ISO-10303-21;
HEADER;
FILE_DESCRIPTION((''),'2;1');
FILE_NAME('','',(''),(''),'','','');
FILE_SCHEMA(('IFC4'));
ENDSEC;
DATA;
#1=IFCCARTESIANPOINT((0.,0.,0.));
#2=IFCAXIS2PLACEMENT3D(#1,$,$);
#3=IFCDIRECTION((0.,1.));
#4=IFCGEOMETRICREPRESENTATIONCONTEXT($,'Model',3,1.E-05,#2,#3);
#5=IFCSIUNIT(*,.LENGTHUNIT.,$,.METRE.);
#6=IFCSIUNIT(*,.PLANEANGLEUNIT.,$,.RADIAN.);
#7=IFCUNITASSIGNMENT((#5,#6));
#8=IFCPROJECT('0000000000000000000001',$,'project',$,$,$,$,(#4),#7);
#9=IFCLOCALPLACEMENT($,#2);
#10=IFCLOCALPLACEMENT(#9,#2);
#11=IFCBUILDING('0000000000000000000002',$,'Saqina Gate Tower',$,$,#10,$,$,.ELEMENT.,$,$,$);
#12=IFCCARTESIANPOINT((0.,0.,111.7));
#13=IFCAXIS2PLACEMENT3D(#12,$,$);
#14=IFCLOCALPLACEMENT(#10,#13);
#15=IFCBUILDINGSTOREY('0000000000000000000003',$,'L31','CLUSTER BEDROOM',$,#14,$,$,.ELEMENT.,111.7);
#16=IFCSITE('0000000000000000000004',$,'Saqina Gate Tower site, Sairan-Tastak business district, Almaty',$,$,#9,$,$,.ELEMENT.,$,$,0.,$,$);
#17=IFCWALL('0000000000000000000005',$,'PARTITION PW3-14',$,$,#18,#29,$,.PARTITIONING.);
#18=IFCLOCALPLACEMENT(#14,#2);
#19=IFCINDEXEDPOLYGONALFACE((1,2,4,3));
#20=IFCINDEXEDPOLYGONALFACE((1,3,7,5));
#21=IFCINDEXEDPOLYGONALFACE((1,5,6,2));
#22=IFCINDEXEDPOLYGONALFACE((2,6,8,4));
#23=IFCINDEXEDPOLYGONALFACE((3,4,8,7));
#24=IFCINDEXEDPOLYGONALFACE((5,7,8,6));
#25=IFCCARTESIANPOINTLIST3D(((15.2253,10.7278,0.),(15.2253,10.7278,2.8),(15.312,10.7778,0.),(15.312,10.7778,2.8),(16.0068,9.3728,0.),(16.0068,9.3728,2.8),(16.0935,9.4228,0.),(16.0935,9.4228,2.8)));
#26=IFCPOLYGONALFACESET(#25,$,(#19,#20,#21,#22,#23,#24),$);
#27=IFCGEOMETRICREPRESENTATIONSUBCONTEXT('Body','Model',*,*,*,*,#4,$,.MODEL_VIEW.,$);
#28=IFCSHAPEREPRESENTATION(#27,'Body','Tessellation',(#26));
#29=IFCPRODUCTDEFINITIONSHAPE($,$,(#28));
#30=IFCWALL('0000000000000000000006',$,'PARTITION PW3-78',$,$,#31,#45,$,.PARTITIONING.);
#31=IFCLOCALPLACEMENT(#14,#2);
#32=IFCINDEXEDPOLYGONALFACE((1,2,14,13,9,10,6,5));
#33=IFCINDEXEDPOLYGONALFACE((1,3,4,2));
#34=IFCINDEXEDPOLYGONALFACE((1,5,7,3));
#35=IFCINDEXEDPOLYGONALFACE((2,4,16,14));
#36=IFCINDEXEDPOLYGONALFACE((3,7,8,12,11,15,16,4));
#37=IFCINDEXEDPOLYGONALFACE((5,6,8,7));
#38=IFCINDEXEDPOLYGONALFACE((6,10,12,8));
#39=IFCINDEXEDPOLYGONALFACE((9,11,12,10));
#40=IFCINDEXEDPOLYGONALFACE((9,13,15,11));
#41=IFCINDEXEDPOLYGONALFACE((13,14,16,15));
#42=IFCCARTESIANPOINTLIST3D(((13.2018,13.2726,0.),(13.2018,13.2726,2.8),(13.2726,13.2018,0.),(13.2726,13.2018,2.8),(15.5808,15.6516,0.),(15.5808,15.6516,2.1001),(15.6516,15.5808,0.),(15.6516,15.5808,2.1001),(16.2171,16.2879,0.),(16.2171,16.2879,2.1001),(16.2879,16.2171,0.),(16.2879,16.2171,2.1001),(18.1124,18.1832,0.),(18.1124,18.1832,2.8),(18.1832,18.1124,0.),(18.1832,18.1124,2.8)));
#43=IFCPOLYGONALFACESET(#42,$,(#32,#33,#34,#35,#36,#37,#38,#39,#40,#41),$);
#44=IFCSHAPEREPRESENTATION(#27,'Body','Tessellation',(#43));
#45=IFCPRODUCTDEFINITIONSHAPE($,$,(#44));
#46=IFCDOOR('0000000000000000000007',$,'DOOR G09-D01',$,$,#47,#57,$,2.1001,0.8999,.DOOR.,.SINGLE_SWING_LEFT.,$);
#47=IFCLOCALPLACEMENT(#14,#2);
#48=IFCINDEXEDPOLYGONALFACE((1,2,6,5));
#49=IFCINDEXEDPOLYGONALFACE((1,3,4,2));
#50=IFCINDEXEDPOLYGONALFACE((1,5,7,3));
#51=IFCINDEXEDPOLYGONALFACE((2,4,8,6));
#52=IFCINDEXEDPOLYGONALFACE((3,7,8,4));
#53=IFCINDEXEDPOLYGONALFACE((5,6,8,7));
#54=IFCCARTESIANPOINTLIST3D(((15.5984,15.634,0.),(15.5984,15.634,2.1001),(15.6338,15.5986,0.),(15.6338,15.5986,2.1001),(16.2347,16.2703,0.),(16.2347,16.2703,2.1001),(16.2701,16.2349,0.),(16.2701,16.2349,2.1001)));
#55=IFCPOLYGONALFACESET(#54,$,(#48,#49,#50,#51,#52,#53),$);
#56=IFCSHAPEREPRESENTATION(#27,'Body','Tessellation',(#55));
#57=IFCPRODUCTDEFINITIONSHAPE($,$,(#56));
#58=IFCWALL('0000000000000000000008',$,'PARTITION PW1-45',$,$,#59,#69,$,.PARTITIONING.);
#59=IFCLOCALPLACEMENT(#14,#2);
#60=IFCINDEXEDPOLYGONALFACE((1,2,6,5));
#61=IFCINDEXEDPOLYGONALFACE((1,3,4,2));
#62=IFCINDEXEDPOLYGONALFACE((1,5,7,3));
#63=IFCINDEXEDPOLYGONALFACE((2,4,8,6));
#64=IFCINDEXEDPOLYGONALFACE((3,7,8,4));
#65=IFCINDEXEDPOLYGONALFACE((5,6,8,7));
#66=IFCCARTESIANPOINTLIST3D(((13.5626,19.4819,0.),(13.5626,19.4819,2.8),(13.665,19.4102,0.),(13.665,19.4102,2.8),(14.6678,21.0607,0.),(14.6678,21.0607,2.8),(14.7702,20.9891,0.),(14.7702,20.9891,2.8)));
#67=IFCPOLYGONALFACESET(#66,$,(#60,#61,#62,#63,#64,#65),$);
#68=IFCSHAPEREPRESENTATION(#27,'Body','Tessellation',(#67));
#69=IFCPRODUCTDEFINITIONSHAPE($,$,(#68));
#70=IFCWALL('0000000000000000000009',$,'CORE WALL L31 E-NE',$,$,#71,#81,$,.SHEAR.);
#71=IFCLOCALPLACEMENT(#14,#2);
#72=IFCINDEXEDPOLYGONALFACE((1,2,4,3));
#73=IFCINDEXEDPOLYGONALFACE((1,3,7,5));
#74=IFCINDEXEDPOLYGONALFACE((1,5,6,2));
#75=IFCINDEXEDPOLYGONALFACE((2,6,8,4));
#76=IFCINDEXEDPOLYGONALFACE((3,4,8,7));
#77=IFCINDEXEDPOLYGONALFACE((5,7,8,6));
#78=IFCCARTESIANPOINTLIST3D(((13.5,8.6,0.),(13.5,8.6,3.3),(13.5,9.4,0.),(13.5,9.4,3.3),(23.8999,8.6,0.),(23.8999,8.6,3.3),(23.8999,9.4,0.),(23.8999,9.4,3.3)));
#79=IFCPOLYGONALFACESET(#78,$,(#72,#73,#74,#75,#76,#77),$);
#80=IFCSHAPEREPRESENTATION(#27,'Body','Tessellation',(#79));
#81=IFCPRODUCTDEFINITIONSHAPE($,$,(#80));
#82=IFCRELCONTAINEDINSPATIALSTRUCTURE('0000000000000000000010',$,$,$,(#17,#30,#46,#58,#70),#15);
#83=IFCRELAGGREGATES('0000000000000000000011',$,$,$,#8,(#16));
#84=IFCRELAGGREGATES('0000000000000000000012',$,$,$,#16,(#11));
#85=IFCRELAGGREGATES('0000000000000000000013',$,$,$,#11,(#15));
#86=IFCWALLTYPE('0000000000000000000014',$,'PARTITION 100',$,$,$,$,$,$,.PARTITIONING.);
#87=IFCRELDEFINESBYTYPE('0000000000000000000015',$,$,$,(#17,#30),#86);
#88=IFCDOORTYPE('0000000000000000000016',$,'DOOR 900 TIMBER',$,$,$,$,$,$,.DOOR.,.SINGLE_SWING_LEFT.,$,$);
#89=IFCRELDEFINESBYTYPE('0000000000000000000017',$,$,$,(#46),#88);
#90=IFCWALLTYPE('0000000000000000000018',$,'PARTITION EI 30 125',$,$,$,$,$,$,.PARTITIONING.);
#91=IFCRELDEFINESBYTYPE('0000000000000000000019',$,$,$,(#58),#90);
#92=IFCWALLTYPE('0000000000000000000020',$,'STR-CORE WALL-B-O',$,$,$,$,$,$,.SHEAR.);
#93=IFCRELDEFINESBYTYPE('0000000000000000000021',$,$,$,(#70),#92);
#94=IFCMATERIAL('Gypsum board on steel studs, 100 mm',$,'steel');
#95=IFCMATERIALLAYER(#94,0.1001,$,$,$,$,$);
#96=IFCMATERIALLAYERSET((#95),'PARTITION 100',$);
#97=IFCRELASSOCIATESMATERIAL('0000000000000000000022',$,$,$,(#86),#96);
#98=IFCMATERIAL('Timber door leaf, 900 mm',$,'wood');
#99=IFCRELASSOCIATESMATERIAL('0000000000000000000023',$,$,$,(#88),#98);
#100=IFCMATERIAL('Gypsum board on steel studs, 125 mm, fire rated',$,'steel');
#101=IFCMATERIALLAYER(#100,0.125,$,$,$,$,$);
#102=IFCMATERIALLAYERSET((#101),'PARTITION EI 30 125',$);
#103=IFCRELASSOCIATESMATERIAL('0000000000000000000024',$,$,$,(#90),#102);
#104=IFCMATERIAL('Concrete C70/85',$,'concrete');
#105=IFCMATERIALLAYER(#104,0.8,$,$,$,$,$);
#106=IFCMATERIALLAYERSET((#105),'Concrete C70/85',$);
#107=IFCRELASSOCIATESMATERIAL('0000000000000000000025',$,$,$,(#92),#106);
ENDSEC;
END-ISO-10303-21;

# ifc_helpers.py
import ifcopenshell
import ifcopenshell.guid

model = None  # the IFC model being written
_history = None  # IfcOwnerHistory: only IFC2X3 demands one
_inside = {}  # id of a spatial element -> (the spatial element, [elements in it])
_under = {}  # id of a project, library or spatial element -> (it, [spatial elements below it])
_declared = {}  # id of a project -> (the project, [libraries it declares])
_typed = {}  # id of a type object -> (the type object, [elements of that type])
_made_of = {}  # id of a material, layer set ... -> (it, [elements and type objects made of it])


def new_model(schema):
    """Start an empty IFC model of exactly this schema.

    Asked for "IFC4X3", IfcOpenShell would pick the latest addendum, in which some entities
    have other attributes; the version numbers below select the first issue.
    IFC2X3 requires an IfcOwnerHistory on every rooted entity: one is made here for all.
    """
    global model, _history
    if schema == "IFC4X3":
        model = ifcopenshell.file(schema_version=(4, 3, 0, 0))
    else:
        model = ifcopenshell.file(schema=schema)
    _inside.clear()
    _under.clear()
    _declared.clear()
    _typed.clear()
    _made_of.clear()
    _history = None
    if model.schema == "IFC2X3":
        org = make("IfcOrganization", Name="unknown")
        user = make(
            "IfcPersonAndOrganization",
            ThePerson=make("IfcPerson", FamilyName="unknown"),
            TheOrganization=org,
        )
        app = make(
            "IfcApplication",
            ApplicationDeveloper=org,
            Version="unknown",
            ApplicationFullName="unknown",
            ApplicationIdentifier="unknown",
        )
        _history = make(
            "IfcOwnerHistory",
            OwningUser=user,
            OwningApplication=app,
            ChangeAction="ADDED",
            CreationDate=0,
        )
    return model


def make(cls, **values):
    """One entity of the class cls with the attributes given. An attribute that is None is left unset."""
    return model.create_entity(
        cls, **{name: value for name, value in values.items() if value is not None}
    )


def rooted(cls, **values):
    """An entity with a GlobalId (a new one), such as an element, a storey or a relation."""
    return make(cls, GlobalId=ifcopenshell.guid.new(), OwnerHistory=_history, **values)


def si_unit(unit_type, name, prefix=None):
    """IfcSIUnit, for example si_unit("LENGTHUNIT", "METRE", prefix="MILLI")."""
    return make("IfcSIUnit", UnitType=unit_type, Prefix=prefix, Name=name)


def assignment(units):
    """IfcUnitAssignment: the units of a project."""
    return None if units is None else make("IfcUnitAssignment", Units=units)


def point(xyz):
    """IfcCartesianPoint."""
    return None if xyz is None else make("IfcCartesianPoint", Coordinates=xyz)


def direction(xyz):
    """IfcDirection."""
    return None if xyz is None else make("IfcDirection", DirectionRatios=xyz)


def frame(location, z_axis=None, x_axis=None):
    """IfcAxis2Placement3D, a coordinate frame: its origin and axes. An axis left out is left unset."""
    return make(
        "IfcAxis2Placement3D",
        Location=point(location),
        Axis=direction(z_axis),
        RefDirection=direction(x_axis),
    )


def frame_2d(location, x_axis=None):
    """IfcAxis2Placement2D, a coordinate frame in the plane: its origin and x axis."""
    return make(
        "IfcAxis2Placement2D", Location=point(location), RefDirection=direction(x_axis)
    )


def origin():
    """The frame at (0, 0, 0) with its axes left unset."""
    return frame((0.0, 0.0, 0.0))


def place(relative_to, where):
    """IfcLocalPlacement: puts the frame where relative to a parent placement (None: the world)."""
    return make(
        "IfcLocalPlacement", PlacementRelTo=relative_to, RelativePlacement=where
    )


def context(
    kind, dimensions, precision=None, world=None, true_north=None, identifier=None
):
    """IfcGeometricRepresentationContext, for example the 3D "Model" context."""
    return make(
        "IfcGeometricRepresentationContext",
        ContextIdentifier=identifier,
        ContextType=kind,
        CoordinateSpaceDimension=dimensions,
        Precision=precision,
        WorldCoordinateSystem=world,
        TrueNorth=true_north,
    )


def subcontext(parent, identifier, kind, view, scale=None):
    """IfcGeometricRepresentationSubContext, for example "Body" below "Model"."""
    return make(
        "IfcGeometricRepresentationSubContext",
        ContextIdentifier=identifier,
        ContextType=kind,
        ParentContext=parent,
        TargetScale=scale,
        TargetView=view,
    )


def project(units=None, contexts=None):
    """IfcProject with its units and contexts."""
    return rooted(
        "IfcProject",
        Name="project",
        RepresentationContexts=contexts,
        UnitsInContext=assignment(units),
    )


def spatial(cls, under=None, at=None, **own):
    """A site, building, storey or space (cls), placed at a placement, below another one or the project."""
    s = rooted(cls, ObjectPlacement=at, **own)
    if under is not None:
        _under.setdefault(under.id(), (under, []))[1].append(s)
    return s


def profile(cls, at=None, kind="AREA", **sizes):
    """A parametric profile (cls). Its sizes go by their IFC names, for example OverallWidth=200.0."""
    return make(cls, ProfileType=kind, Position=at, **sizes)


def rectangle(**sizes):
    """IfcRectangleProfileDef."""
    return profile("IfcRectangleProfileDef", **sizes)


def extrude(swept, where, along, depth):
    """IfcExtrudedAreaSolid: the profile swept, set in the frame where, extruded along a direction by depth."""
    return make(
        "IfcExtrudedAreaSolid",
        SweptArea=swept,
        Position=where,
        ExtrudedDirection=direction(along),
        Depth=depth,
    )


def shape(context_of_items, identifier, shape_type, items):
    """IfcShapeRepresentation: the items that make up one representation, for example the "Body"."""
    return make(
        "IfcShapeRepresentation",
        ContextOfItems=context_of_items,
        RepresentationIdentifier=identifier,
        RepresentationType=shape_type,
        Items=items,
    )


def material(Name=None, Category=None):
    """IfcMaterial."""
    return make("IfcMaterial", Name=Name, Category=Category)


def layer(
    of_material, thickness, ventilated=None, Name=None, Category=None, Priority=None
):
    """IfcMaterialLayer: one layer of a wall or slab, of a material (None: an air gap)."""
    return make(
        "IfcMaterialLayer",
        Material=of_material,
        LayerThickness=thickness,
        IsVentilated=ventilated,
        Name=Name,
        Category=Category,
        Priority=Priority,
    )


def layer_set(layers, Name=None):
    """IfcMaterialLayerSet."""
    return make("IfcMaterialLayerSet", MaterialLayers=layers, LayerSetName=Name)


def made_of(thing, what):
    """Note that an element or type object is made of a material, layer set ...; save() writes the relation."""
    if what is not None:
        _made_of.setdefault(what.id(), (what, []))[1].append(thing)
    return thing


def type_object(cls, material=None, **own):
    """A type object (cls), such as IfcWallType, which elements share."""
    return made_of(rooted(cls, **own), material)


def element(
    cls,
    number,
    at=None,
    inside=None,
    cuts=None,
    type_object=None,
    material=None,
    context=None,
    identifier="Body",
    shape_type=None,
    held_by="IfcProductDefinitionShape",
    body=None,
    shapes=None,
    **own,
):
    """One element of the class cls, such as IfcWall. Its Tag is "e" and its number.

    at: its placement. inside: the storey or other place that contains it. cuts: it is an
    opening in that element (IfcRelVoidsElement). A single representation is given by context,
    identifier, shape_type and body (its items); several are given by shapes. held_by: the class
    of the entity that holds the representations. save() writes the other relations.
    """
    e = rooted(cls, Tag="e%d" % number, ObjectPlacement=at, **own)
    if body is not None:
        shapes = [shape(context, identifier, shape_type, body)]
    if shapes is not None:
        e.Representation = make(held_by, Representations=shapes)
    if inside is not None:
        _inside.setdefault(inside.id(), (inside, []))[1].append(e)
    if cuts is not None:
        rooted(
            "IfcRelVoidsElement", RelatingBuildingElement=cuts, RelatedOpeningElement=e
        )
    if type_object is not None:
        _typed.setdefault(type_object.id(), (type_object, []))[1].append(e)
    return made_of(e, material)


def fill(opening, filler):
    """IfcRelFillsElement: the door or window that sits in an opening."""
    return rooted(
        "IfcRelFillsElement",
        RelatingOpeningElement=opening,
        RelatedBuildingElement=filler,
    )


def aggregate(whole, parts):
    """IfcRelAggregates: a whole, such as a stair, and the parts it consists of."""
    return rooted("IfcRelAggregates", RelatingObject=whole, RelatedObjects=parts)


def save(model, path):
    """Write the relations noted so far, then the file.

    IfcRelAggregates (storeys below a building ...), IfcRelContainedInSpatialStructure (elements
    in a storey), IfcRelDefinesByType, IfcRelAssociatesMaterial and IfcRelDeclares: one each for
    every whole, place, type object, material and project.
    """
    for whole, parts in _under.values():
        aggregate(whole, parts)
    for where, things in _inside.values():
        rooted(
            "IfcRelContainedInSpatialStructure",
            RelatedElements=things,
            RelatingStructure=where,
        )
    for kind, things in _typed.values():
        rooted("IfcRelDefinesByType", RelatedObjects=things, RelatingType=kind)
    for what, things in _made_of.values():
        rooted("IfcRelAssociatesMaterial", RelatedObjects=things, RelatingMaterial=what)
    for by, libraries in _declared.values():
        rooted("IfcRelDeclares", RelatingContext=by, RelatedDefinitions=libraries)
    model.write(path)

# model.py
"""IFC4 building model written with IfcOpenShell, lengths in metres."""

from ifc_helpers import new_model, si_unit, direction, frame, frame_2d, origin, place, context, subcontext, project, spatial, rectangle, extrude, material, layer, layer_set, type_object, element, fill, save


model = new_model("IFC4")

# Units and contexts
model_context = context("Model", 3, precision=1e-05, world=origin(), true_north=direction((0.0, 1.0)))
body_context = subcontext(model_context, "Body", "Model", "MODEL_VIEW")
ifc_project = project(units=[si_unit("LENGTHUNIT", "METRE"), si_unit("PLANEANGLEUNIT", "RADIAN")], contexts=[model_context])

# Site, building, storey
site_placement = place(None, origin())
site = spatial("IfcSite", under=ifc_project, at=site_placement, Name="Saqina Gate Tower site, Sairan-Tastak business district, Almaty", CompositionType="ELEMENT", RefElevation=0.0)
building_placement = place(site_placement, origin())
building = spatial("IfcBuilding", under=site, at=building_placement, Name="Saqina Gate Tower", CompositionType="ELEMENT")
storey_placement = place(building_placement, frame((0.0, 0.0, 111.7)))
storey = spatial("IfcBuildingStorey", under=building, at=storey_placement, Name="L31", Description="CLUSTER BEDROOM", CompositionType="ELEMENT", Elevation=111.7)

# Wall
ifc_material_1 = material(Name="Gypsum board on steel studs, 100 mm", Category="steel")
ifc_layer_1 = layer(ifc_material_1, 0.1001)
ifc_layer_set_1 = layer_set([ifc_layer_1], Name="PARTITION 100")
wall_type_1 = type_object("IfcWallType", Name="PARTITION 100", PredefinedType="PARTITIONING", material=ifc_layer_set_1)
wall_1_placement = place(storey_placement, frame((15.2686, 10.7529, 0.0), z_axis=(0.0, 0.0, 1.0), x_axis=(0.499614, -0.866248, 0.0)))
element("IfcWall", 1, at=wall_1_placement, inside=storey, type_object=wall_type_1, Name="PARTITION PW3-14", PredefinedType="PARTITIONING", context=body_context, shape_type="SweptSolid", body=[
    extrude(rectangle(XDim=1.5642, YDim=0.1001, at=frame_2d((0.7822, 0.0))), origin(), (0.0, 0.0, 1.0), 2.8),
])

# Wall, opening, door
wall_2_placement = place(storey_placement, frame((13.2373, 13.2373, 0.0), z_axis=(0.0, 0.0, 1.0), x_axis=(0.707107, 0.707107, 0.0)))
wall_2 = element("IfcWall", 2, at=wall_2_placement, inside=storey, type_object=wall_type_1, Name="PARTITION PW3-78", PredefinedType="PARTITIONING", context=body_context, shape_type="SweptSolid", body=[
    extrude(rectangle(XDim=6.9446, YDim=0.1001, at=frame_2d((3.4722, 0.0))), origin(), (0.0, 0.0, 1.0), 2.8),
])
opening_1_placement = place(wall_2_placement, frame((3.3643, 0.0, 0.0)))
opening_1 = element("IfcOpeningElement", 3, at=opening_1_placement, cuts=wall_2, PredefinedType="OPENING", context=body_context, shape_type="SweptSolid", body=[
    extrude(rectangle(XDim=0.8999, YDim=2.1001, at=frame_2d((0.45, 1.05))), frame((0.0, 0.062, 0.0), z_axis=(0.0, -1.0, 0.0), x_axis=(1.0, 0.0, 0.0)), (0.0, 0.0, 1.0), 0.124),
])
ifc_material_2 = material(Name="Timber door leaf, 900 mm", Category="wood")
door_type = type_object("IfcDoorType", Name="DOOR 900 TIMBER", OperationType="SINGLE_SWING_LEFT", PredefinedType="DOOR", material=ifc_material_2)
door_placement = place(opening_1_placement, frame((0.8999, 0.0, 0.0), z_axis=(0.0, 0.0, 1.0), x_axis=(-1.0, 0.0, 0.0)))
door = element("IfcDoor", 4, at=door_placement, inside=storey, type_object=door_type, Name="DOOR G09-D01", OperationType="SINGLE_SWING_LEFT", OverallHeight=2.1001, OverallWidth=0.8999, PredefinedType="DOOR", context=body_context, shape_type="SweptSolid", body=[
    extrude(rectangle(XDim=0.8999, YDim=2.1001, at=frame_2d((0.45, 1.05))), frame((0.0, 0.0249, 0.0), z_axis=(0.0, -1.0, 0.0), x_axis=(1.0, 0.0, 0.0)), (0.0, 0.0, 1.0), 0.05),
])
fill(opening_1, door)

# Walls
ifc_material_3 = material(Name="Gypsum board on steel studs, 125 mm, fire rated", Category="steel")
ifc_layer_2 = layer(ifc_material_3, 0.125)
ifc_layer_set_2 = layer_set([ifc_layer_2], Name="PARTITION EI 30 125")
wall_type_2 = type_object("IfcWallType", Name="PARTITION EI 30 125", PredefinedType="PARTITIONING", material=ifc_layer_set_2)
wall_3_placement = place(storey_placement, frame((13.6138, 19.446, 0.0), z_axis=(0.0, 0.0, 1.0), x_axis=(0.573471, 0.819226, 0.0)))
element("IfcWall", 5, at=wall_3_placement, inside=storey, type_object=wall_type_2, Name="PARTITION PW1-45", PredefinedType="PARTITIONING", context=body_context, shape_type="SweptSolid", body=[
    extrude(rectangle(XDim=1.9272, YDim=0.125, at=frame_2d((0.9636, 0.0))), origin(), (0.0, 0.0, 1.0), 2.8),
])
ifc_material_4 = material(Name="Concrete C70/85", Category="concrete")
ifc_layer_3 = layer(ifc_material_4, 0.8)
ifc_layer_set_3 = layer_set([ifc_layer_3], Name="Concrete C70/85")
wall_type_3 = type_object("IfcWallType", Name="STR-CORE WALL-B-O", PredefinedType="SHEAR", material=ifc_layer_set_3)
wall_4_placement = place(storey_placement, frame((13.5, 9.0, 0.0), z_axis=(0.0, 0.0, 1.0), x_axis=(1.0, 0.0, 0.0)))
element("IfcWall", 6, at=wall_4_placement, inside=storey, type_object=wall_type_3, Name="CORE WALL L31 E-NE", PredefinedType="SHEAR", context=body_context, shape_type="SweptSolid", body=[
    extrude(rectangle(XDim=10.3999, YDim=0.8, at=frame_2d((5.2, 0.0))), origin(), (0.0, 0.0, 1.0), 3.3),
])

save(model, "model.ifc")
